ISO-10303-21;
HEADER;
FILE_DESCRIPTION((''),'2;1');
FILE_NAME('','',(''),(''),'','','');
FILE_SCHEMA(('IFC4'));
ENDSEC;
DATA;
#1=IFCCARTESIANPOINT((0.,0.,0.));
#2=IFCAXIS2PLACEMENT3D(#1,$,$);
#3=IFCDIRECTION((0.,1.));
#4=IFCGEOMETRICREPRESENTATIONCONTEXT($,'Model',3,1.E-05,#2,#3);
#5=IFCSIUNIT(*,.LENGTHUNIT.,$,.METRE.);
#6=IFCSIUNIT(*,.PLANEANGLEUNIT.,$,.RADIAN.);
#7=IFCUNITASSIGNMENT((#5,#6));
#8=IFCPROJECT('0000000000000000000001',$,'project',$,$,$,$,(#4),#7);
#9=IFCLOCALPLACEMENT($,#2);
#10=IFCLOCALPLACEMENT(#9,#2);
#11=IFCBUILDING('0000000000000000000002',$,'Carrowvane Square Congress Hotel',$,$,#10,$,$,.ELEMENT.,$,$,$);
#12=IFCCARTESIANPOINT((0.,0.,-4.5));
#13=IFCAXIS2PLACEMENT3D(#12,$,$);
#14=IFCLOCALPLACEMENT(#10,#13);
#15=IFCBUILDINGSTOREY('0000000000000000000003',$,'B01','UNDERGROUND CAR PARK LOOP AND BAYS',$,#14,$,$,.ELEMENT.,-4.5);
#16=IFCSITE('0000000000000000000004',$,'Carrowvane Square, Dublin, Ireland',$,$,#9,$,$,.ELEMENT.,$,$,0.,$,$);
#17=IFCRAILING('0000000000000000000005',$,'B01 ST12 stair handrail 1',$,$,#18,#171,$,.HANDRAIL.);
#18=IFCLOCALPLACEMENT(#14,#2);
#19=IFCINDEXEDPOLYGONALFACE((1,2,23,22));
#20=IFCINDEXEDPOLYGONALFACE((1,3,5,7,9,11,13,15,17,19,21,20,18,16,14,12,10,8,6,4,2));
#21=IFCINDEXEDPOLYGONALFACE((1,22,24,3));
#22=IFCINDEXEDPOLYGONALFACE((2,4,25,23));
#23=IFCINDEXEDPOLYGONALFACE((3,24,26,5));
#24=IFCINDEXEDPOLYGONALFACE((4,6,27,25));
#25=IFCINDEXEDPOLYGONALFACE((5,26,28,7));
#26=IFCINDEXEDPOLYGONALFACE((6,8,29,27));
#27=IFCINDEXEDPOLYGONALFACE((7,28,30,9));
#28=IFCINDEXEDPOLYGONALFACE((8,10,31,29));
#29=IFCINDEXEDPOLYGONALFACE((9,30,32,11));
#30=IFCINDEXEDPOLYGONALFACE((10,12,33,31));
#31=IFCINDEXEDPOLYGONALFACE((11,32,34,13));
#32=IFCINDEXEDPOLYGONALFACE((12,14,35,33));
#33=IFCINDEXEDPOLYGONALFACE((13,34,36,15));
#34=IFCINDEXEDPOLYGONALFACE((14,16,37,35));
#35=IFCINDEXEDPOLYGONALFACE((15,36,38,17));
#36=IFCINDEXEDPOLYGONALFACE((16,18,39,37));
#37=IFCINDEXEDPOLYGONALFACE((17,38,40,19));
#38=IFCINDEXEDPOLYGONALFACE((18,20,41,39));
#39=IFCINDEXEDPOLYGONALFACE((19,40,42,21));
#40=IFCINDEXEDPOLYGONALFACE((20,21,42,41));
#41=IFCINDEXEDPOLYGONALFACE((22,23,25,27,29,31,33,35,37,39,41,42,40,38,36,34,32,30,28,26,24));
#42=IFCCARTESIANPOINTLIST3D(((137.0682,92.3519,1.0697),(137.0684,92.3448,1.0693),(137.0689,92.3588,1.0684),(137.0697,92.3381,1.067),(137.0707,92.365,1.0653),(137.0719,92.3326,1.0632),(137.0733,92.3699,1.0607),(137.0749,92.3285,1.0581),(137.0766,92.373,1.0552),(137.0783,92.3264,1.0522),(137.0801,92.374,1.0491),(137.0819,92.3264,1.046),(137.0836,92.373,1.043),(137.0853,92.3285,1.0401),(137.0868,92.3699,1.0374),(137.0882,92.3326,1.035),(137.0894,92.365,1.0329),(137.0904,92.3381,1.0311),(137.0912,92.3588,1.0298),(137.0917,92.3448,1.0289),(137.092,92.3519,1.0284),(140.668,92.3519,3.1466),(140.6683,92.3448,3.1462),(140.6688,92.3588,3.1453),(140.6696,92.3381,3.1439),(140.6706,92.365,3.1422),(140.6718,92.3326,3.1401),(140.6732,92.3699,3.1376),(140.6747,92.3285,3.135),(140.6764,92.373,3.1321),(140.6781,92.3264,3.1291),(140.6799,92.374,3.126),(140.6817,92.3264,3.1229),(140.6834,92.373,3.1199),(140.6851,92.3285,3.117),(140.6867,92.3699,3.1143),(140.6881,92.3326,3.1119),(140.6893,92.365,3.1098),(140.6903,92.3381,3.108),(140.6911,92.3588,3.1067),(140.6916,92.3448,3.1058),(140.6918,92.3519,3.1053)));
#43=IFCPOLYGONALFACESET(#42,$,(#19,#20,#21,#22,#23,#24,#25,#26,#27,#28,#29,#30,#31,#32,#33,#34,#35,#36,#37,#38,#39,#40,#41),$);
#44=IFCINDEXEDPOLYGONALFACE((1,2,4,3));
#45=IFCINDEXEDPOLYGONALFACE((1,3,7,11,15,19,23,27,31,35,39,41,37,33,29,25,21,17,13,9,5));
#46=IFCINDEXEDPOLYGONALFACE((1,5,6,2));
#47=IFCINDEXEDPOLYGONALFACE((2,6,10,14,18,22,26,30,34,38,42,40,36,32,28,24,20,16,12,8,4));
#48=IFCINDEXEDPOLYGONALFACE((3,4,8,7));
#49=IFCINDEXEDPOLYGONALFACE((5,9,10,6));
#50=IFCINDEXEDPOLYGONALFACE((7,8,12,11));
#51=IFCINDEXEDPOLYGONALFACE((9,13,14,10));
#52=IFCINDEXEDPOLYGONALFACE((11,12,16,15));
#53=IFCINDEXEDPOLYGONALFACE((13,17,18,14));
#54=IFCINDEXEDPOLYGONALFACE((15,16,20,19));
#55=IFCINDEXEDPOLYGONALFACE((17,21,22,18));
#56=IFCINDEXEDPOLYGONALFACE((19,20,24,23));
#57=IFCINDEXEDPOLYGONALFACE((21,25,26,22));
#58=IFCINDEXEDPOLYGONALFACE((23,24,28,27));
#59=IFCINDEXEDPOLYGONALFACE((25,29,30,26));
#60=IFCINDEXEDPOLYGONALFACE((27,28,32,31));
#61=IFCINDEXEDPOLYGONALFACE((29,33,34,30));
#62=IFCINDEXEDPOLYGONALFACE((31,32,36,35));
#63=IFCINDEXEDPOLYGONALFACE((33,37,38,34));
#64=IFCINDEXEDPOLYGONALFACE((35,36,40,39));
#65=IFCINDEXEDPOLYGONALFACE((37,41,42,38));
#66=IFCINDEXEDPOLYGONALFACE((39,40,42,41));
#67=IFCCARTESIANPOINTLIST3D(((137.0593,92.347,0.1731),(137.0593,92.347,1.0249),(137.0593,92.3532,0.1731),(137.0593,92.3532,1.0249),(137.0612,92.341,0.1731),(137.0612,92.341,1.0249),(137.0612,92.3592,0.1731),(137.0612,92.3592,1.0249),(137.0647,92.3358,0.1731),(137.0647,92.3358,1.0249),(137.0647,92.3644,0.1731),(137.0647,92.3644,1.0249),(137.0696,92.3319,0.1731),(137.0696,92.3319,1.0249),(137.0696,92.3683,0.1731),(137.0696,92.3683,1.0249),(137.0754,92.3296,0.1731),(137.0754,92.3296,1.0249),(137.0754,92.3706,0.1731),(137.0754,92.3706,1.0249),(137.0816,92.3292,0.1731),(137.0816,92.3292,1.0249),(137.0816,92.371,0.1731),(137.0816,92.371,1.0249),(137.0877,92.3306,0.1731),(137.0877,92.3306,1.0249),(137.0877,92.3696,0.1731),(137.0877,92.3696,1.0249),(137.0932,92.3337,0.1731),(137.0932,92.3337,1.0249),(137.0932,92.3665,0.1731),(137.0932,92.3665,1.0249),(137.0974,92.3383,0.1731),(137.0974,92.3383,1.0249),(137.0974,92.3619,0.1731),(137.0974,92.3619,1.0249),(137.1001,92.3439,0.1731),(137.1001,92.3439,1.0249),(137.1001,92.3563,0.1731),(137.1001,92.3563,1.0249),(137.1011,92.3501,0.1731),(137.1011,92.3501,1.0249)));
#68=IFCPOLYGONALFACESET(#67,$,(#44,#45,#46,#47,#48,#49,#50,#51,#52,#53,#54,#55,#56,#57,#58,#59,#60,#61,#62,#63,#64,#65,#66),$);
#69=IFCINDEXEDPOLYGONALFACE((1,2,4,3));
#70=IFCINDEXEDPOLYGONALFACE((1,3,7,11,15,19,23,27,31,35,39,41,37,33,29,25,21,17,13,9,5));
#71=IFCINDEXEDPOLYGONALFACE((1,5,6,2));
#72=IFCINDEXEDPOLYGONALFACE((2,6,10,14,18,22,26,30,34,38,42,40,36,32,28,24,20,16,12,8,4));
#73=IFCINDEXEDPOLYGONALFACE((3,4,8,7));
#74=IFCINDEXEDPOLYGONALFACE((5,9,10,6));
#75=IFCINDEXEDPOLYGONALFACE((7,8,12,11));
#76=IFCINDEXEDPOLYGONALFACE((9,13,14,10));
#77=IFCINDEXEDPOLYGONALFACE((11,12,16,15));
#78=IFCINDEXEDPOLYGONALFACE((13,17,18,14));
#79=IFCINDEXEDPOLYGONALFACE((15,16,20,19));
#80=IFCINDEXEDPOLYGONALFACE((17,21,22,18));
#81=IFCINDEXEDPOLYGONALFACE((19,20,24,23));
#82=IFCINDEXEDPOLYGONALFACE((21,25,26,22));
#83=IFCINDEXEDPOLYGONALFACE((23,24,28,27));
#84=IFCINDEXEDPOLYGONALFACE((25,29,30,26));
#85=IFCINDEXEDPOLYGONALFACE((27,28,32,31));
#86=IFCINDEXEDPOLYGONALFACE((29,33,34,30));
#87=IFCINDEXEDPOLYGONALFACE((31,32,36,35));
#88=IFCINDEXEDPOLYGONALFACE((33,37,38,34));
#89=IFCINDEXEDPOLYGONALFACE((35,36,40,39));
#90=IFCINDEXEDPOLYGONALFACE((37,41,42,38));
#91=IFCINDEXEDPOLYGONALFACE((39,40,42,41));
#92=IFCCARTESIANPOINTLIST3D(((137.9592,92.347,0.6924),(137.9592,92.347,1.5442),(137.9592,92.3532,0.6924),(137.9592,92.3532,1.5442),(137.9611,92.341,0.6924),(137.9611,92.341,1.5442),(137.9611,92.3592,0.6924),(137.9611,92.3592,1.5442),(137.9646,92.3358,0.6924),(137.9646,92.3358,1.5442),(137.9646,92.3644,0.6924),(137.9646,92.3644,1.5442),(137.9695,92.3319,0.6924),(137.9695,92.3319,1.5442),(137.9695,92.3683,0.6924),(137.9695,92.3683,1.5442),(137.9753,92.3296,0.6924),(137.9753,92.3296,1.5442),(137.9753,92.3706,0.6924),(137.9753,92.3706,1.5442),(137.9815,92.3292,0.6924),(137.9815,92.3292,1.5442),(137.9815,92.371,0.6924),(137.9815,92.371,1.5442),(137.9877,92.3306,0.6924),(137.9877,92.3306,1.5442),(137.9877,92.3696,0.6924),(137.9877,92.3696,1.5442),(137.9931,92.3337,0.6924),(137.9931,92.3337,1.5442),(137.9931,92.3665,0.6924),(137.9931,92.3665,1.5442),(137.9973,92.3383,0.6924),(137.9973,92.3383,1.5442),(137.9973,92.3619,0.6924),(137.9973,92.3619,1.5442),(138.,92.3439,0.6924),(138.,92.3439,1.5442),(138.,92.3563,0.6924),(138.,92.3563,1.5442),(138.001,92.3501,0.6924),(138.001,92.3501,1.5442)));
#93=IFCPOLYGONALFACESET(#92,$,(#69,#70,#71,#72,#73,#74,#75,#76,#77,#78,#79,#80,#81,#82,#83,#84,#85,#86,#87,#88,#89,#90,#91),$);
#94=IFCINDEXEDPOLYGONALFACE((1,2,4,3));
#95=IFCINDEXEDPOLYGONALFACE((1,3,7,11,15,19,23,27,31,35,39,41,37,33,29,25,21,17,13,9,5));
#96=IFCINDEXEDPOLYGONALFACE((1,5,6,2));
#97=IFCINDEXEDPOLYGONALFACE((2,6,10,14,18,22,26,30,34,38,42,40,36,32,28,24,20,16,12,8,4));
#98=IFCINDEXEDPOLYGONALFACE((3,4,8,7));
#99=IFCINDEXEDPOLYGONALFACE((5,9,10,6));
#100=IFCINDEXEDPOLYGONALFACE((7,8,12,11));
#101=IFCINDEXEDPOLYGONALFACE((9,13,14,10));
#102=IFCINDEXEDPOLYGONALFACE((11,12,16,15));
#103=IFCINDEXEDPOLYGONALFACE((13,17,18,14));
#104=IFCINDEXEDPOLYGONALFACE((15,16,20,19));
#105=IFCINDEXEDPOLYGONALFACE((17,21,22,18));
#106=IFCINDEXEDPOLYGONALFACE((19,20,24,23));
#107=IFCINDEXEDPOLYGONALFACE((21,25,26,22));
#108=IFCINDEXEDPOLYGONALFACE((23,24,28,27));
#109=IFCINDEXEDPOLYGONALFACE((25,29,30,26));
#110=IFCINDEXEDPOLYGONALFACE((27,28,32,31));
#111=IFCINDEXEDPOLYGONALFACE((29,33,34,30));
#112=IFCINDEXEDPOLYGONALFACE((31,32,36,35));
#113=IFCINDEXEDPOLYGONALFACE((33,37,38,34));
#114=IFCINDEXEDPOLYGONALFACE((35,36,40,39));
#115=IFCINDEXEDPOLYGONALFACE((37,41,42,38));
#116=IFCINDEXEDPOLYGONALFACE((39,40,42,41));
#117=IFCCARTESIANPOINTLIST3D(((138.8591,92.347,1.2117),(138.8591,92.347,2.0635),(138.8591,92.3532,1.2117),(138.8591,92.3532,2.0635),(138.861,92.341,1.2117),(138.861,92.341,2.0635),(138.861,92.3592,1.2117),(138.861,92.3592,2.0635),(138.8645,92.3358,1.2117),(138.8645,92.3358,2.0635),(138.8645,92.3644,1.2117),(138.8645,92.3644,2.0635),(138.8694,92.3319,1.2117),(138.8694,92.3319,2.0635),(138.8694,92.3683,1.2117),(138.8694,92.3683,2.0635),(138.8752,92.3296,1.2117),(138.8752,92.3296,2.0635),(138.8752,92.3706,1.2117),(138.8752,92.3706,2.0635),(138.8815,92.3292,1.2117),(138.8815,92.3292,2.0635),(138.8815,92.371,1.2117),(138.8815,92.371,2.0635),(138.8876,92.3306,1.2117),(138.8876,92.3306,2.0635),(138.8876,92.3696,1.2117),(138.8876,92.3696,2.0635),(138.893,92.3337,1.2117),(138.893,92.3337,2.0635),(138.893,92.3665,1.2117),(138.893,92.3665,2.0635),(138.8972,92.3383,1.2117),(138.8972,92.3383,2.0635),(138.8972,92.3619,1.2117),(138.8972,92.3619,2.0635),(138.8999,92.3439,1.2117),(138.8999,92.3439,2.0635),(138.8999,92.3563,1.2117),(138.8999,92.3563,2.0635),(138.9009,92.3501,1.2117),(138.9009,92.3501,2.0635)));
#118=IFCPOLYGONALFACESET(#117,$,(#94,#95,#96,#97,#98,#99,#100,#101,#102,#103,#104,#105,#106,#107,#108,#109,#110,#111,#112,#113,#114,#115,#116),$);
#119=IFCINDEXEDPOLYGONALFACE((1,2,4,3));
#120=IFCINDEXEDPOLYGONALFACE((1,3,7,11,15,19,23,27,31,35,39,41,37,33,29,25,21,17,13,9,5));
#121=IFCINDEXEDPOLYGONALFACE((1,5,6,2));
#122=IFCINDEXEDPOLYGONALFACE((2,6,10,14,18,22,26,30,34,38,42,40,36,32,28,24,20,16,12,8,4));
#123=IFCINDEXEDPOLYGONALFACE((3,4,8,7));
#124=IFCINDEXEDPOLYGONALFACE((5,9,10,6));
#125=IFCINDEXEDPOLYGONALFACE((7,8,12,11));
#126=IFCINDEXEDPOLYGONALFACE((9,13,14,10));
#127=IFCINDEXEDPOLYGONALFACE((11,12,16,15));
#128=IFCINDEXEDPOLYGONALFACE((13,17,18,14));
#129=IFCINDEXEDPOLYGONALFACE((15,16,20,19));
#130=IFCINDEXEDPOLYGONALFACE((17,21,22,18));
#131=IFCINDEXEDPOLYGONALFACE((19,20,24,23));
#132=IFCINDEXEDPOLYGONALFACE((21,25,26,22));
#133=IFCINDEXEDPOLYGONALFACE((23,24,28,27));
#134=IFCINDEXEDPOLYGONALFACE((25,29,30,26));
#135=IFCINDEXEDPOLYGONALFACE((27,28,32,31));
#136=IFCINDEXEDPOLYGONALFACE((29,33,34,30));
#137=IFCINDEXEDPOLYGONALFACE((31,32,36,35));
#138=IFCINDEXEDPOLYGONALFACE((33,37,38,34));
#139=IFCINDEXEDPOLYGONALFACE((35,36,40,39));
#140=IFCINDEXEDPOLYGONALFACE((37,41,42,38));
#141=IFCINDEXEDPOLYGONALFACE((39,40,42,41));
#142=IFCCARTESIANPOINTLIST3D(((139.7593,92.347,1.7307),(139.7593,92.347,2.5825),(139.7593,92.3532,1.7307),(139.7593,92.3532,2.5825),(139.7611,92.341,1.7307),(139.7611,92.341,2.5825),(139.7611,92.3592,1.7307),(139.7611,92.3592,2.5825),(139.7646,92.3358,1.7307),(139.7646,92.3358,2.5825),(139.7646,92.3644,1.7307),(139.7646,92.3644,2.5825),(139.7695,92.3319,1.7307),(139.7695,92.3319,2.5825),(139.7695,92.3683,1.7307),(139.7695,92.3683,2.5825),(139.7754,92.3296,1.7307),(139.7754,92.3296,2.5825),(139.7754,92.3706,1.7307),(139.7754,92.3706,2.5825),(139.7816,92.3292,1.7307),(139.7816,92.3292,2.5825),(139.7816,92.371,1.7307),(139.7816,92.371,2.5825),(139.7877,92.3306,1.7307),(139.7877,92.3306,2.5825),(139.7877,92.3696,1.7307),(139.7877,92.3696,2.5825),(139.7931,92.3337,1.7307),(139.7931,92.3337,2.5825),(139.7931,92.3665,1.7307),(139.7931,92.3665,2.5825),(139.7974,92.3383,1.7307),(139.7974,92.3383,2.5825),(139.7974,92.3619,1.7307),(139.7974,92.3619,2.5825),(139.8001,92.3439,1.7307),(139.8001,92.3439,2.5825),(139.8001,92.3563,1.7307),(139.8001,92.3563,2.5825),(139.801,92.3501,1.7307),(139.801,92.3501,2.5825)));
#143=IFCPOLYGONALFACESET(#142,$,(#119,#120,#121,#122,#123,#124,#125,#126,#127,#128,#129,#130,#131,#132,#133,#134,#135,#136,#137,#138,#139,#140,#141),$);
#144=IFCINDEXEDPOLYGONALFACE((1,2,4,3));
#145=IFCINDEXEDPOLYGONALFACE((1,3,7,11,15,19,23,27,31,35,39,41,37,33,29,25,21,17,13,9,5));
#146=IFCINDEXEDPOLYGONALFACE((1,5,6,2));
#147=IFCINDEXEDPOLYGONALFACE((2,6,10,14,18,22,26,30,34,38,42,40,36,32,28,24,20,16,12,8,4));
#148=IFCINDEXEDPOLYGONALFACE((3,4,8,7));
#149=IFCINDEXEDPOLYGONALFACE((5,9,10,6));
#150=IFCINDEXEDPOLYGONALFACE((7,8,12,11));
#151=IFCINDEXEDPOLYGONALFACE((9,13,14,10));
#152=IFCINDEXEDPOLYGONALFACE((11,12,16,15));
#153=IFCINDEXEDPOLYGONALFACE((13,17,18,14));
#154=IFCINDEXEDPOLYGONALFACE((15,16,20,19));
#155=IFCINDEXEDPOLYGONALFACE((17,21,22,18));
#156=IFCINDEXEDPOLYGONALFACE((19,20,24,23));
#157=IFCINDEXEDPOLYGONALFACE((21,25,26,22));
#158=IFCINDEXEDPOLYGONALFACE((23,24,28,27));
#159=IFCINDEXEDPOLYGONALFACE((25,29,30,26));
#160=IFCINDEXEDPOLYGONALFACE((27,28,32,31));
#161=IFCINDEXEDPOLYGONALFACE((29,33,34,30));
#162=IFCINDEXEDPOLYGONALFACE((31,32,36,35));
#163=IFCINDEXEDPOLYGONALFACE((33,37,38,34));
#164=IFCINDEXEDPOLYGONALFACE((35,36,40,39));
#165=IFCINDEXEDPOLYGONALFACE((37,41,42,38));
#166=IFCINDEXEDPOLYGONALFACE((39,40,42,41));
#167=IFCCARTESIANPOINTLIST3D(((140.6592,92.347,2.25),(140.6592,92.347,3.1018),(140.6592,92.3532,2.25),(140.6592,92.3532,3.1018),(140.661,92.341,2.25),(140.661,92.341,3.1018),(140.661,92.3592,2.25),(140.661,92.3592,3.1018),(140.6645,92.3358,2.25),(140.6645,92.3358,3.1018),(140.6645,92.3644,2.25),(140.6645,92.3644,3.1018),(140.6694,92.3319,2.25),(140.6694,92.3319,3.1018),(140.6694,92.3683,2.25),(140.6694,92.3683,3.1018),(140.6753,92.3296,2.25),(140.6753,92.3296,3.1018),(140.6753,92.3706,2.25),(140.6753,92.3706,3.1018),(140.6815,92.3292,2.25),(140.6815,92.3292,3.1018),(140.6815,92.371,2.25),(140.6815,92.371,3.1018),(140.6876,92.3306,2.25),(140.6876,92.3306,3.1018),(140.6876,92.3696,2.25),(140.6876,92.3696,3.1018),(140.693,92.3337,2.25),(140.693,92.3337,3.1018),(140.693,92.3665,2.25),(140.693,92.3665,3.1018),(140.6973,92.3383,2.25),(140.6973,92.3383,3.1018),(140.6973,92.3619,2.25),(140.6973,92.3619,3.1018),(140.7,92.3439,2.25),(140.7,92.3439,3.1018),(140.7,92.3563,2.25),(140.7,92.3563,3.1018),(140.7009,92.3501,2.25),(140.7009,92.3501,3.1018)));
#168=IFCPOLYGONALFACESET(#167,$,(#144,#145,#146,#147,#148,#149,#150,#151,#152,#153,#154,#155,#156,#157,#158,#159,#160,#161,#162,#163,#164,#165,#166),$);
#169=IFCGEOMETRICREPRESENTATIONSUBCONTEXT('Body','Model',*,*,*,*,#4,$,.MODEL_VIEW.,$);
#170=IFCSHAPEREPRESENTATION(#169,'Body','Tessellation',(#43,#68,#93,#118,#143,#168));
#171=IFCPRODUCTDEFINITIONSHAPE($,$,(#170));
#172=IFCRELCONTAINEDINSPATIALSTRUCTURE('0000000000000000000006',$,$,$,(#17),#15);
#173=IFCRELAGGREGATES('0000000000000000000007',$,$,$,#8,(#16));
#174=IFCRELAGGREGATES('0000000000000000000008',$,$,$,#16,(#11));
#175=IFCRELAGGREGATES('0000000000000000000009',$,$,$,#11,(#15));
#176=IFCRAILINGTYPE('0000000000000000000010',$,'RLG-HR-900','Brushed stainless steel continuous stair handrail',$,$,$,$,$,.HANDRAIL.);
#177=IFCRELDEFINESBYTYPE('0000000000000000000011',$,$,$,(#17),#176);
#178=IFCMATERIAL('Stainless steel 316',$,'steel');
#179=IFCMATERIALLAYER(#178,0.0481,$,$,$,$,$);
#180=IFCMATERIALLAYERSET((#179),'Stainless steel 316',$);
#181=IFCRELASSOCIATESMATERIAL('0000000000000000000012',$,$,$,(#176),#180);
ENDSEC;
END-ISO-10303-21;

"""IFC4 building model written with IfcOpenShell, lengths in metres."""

from ifc_helpers import new_model, si_unit, direction, frame, origin, origin_2d, place, context, subcontext, project, spatial, circle, extrude, material, layer, layer_set, type_object, element, save


model = new_model("IFC4")

# Units and contexts
model_context = context("Model", 3, precision=1e-05, world=origin(), true_north=direction((0.0, 1.0)))
body_context = subcontext(model_context, "Body", "Model", "MODEL_VIEW")
ifc_project = project(units=[si_unit("LENGTHUNIT", "METRE"), si_unit("PLANEANGLEUNIT", "RADIAN")], contexts=[model_context])

# Site, building, storey
site_placement = place(None, origin())
site = spatial("IfcSite", under=ifc_project, at=site_placement, Name="Carrowvane Square, Dublin, Ireland", CompositionType="ELEMENT", RefElevation=0.0)
building_placement = place(site_placement, origin())
building = spatial("IfcBuilding", under=site, at=building_placement, Name="Carrowvane Square Congress Hotel", CompositionType="ELEMENT")
storey_placement = place(building_placement, frame((0.0, 0.0, -4.5)))
storey = spatial("IfcBuildingStorey", under=building, at=storey_placement, Name="B01", Description="UNDERGROUND CAR PARK LOOP AND BAYS", CompositionType="ELEMENT", Elevation=-4.5)

# Railing
ifc_material_1 = material(Name="Stainless steel 316", Category="steel")
ifc_layer_1 = layer(ifc_material_1, 0.0481)
ifc_layer_set_1 = layer_set([ifc_layer_1], Name="Stainless steel 316")
railing_type_1 = type_object("IfcRailingType", Name="RLG-HR-900", Description="Brushed stainless steel continuous stair handrail", PredefinedType="HANDRAIL", material=ifc_layer_set_1)
railing_1_placement = place(storey_placement, frame((137.0801, 92.3501, 0.1731)))
element("IfcRailing", 1, at=railing_1_placement, inside=storey, type_object=railing_type_1, Name="B01 ST12 stair handrail 1", PredefinedType="HANDRAIL", context=body_context, shape_type="SweptSolid", body=[
    extrude(circle(Radius=0.0239, at=origin_2d()), frame((0.0, 0.0, 0.876), z_axis=(0.866179, 0.0, 0.499734), x_axis=(0.0, 1.0, 0.0)), (0.0, 0.0, 1.0), 4.156),
    extrude(circle(Radius=0.021, at=origin_2d()), origin(), (0.0, 0.0, 1.0), 0.8518),
    extrude(circle(Radius=0.021, at=origin_2d()), frame((0.8999, 0.0, 0.5193)), (0.0, 0.0, 1.0), 0.8518),
    extrude(circle(Radius=0.021, at=origin_2d()), frame((1.7998, 0.0, 1.0386)), (0.0, 0.0, 1.0), 0.8518),
    extrude(circle(Radius=0.021, at=origin_2d()), frame((2.7, 0.0, 1.5576)), (0.0, 0.0, 1.0), 0.8518),
    extrude(circle(Radius=0.021, at=origin_2d()), frame((3.5999, 0.0, 2.0769)), (0.0, 0.0, 1.0), 0.8518),
])

save(model, "model.ifc")
